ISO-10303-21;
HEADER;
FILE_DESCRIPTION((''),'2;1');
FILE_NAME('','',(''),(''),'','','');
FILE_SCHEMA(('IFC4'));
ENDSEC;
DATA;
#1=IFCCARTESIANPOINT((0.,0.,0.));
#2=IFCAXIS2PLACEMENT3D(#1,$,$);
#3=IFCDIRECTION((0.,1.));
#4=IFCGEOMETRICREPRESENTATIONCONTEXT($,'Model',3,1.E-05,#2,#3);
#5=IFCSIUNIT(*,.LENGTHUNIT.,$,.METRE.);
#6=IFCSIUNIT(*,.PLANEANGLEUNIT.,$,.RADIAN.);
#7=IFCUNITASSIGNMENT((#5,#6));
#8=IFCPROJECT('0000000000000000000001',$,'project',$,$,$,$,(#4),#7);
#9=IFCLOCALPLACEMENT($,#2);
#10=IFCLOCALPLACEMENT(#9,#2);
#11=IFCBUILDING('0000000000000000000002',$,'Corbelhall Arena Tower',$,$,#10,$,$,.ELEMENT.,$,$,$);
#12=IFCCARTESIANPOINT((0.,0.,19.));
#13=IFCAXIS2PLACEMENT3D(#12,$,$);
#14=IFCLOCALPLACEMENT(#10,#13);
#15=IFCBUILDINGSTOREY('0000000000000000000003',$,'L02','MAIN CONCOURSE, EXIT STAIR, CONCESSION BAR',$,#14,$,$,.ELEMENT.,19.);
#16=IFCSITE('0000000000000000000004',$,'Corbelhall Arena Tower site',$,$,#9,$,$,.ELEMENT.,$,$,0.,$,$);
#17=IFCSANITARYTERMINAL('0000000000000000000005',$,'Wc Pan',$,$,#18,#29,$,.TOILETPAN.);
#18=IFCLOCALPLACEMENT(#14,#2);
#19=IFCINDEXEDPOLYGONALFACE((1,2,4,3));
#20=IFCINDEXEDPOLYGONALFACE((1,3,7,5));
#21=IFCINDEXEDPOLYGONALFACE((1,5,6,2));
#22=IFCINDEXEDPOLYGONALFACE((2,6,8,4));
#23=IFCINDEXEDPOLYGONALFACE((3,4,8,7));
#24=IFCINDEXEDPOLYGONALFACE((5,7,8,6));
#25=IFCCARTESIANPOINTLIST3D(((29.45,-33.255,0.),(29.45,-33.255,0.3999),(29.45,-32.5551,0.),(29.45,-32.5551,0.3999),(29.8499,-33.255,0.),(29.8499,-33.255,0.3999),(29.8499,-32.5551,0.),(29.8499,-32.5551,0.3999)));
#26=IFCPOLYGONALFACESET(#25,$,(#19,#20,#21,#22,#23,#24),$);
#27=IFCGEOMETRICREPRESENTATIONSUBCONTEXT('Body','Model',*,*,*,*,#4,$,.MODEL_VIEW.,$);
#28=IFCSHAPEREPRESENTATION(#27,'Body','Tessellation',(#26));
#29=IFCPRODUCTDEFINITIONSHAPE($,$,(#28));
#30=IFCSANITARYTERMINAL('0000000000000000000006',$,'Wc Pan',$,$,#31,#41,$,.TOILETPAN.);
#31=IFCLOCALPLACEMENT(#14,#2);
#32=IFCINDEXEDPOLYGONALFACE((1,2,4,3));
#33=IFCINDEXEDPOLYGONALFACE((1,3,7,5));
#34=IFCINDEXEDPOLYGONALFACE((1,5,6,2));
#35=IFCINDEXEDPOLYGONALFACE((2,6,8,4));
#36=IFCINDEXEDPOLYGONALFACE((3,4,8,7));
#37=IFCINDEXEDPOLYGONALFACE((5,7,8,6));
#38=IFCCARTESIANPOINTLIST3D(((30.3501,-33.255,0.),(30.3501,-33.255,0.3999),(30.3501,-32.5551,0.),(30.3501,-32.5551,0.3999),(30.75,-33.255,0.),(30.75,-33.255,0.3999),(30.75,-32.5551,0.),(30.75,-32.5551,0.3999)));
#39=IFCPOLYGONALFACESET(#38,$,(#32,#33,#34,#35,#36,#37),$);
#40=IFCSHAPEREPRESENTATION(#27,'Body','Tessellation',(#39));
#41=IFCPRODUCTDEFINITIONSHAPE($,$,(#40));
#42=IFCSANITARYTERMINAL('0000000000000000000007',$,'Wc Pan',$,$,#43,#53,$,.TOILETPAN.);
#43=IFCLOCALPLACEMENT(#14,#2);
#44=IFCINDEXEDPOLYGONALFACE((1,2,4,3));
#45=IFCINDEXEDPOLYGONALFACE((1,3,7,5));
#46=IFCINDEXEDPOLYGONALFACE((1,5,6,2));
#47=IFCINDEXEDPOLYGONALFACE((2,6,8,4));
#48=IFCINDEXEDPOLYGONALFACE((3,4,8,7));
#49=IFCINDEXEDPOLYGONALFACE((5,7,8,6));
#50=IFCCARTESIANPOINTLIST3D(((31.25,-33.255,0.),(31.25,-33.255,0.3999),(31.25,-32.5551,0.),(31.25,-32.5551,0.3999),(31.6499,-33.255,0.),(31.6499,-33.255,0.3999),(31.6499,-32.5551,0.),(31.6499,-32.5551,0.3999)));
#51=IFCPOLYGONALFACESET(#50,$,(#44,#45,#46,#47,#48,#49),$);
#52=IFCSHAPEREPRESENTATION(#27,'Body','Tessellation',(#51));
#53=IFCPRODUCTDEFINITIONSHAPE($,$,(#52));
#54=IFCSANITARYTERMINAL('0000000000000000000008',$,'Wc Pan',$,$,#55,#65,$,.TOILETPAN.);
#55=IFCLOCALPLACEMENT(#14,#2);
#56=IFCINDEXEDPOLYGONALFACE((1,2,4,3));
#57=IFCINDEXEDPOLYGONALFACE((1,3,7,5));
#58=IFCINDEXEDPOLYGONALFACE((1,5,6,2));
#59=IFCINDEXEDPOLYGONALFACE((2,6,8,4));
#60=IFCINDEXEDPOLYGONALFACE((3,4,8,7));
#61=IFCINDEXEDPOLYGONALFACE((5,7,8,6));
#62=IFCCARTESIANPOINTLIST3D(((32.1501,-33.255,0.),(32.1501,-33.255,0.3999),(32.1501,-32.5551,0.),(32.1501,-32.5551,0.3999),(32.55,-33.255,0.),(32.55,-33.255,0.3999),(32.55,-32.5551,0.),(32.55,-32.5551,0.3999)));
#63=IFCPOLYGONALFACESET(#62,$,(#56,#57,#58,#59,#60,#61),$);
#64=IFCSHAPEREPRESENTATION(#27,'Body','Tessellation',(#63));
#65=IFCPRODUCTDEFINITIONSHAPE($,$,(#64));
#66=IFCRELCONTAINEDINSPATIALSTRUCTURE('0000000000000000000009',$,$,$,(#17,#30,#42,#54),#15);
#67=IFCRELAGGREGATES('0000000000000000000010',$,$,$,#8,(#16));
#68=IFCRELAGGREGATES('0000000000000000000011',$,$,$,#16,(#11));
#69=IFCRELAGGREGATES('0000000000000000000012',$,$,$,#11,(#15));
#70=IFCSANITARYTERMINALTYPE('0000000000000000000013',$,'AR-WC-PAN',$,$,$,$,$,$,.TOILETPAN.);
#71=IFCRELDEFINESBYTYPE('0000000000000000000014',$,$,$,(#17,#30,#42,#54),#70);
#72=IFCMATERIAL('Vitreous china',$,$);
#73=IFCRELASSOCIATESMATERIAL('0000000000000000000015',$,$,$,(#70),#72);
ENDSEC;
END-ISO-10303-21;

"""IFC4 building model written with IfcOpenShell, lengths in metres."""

from ifc_helpers import new_model, si_unit, direction, frame, origin, origin_2d, place, context, subcontext, project, spatial, rectangle, extrude, material, type_object, element, save


model = new_model("IFC4")

# Units and contexts
model_context = context("Model", 3, precision=1e-05, world=origin(), true_north=direction((0.0, 1.0)))
body_context = subcontext(model_context, "Body", "Model", "MODEL_VIEW")
ifc_project = project(units=[si_unit("LENGTHUNIT", "METRE"), si_unit("PLANEANGLEUNIT", "RADIAN")], contexts=[model_context])

# Site, building, storey
site_placement = place(None, origin())
site = spatial("IfcSite", under=ifc_project, at=site_placement, Name="Corbelhall Arena Tower site", CompositionType="ELEMENT", RefElevation=0.0)
building_placement = place(site_placement, origin())
building = spatial("IfcBuilding", under=site, at=building_placement, Name="Corbelhall Arena Tower", CompositionType="ELEMENT")
storey_placement = place(building_placement, frame((0.0, 0.0, 19.0)))
storey = spatial("IfcBuildingStorey", under=building, at=storey_placement, Name="L02", Description="MAIN CONCOURSE, EXIT STAIR, CONCESSION BAR", CompositionType="ELEMENT", Elevation=19.0)

# Sanitary terminals
ifc_material_1 = material(Name="Vitreous china")
sanitary_terminal_type_1 = type_object("IfcSanitaryTerminalType", Name="AR-WC-PAN", PredefinedType="TOILETPAN", material=ifc_material_1)
for number, where, z_axis, x_axis, name in (
    (1, (29.6499, -32.905, 0.0), (0.0, 0.0, 1.0), (1.0, 0.0, 0.0), "Wc Pan"),
    (2, (30.55, -32.905, 0.0), (0.0, 0.0, 1.0), (1.0, 0.0, 0.0), "Wc Pan"),
    (3, (31.45, -32.905, 0.0), (0.0, 0.0, 1.0), (1.0, 0.0, 0.0), "Wc Pan"),
    (4, (32.3501, -32.905, 0.0), (0.0, 0.0, 1.0), (1.0, 0.0, 0.0), "Wc Pan"),
):
    element("IfcSanitaryTerminal", number, at=place(storey_placement, frame(where, z_axis=z_axis, x_axis=x_axis)), inside=storey, type_object=sanitary_terminal_type_1, Name=name, PredefinedType="TOILETPAN", context=body_context, shape_type="SweptSolid", body=[
        extrude(rectangle(XDim=0.3999, YDim=0.7, at=origin_2d()), origin(), (0.0, 0.0, 1.0), 0.3999),
    ])

save(model, "model.ifc")
